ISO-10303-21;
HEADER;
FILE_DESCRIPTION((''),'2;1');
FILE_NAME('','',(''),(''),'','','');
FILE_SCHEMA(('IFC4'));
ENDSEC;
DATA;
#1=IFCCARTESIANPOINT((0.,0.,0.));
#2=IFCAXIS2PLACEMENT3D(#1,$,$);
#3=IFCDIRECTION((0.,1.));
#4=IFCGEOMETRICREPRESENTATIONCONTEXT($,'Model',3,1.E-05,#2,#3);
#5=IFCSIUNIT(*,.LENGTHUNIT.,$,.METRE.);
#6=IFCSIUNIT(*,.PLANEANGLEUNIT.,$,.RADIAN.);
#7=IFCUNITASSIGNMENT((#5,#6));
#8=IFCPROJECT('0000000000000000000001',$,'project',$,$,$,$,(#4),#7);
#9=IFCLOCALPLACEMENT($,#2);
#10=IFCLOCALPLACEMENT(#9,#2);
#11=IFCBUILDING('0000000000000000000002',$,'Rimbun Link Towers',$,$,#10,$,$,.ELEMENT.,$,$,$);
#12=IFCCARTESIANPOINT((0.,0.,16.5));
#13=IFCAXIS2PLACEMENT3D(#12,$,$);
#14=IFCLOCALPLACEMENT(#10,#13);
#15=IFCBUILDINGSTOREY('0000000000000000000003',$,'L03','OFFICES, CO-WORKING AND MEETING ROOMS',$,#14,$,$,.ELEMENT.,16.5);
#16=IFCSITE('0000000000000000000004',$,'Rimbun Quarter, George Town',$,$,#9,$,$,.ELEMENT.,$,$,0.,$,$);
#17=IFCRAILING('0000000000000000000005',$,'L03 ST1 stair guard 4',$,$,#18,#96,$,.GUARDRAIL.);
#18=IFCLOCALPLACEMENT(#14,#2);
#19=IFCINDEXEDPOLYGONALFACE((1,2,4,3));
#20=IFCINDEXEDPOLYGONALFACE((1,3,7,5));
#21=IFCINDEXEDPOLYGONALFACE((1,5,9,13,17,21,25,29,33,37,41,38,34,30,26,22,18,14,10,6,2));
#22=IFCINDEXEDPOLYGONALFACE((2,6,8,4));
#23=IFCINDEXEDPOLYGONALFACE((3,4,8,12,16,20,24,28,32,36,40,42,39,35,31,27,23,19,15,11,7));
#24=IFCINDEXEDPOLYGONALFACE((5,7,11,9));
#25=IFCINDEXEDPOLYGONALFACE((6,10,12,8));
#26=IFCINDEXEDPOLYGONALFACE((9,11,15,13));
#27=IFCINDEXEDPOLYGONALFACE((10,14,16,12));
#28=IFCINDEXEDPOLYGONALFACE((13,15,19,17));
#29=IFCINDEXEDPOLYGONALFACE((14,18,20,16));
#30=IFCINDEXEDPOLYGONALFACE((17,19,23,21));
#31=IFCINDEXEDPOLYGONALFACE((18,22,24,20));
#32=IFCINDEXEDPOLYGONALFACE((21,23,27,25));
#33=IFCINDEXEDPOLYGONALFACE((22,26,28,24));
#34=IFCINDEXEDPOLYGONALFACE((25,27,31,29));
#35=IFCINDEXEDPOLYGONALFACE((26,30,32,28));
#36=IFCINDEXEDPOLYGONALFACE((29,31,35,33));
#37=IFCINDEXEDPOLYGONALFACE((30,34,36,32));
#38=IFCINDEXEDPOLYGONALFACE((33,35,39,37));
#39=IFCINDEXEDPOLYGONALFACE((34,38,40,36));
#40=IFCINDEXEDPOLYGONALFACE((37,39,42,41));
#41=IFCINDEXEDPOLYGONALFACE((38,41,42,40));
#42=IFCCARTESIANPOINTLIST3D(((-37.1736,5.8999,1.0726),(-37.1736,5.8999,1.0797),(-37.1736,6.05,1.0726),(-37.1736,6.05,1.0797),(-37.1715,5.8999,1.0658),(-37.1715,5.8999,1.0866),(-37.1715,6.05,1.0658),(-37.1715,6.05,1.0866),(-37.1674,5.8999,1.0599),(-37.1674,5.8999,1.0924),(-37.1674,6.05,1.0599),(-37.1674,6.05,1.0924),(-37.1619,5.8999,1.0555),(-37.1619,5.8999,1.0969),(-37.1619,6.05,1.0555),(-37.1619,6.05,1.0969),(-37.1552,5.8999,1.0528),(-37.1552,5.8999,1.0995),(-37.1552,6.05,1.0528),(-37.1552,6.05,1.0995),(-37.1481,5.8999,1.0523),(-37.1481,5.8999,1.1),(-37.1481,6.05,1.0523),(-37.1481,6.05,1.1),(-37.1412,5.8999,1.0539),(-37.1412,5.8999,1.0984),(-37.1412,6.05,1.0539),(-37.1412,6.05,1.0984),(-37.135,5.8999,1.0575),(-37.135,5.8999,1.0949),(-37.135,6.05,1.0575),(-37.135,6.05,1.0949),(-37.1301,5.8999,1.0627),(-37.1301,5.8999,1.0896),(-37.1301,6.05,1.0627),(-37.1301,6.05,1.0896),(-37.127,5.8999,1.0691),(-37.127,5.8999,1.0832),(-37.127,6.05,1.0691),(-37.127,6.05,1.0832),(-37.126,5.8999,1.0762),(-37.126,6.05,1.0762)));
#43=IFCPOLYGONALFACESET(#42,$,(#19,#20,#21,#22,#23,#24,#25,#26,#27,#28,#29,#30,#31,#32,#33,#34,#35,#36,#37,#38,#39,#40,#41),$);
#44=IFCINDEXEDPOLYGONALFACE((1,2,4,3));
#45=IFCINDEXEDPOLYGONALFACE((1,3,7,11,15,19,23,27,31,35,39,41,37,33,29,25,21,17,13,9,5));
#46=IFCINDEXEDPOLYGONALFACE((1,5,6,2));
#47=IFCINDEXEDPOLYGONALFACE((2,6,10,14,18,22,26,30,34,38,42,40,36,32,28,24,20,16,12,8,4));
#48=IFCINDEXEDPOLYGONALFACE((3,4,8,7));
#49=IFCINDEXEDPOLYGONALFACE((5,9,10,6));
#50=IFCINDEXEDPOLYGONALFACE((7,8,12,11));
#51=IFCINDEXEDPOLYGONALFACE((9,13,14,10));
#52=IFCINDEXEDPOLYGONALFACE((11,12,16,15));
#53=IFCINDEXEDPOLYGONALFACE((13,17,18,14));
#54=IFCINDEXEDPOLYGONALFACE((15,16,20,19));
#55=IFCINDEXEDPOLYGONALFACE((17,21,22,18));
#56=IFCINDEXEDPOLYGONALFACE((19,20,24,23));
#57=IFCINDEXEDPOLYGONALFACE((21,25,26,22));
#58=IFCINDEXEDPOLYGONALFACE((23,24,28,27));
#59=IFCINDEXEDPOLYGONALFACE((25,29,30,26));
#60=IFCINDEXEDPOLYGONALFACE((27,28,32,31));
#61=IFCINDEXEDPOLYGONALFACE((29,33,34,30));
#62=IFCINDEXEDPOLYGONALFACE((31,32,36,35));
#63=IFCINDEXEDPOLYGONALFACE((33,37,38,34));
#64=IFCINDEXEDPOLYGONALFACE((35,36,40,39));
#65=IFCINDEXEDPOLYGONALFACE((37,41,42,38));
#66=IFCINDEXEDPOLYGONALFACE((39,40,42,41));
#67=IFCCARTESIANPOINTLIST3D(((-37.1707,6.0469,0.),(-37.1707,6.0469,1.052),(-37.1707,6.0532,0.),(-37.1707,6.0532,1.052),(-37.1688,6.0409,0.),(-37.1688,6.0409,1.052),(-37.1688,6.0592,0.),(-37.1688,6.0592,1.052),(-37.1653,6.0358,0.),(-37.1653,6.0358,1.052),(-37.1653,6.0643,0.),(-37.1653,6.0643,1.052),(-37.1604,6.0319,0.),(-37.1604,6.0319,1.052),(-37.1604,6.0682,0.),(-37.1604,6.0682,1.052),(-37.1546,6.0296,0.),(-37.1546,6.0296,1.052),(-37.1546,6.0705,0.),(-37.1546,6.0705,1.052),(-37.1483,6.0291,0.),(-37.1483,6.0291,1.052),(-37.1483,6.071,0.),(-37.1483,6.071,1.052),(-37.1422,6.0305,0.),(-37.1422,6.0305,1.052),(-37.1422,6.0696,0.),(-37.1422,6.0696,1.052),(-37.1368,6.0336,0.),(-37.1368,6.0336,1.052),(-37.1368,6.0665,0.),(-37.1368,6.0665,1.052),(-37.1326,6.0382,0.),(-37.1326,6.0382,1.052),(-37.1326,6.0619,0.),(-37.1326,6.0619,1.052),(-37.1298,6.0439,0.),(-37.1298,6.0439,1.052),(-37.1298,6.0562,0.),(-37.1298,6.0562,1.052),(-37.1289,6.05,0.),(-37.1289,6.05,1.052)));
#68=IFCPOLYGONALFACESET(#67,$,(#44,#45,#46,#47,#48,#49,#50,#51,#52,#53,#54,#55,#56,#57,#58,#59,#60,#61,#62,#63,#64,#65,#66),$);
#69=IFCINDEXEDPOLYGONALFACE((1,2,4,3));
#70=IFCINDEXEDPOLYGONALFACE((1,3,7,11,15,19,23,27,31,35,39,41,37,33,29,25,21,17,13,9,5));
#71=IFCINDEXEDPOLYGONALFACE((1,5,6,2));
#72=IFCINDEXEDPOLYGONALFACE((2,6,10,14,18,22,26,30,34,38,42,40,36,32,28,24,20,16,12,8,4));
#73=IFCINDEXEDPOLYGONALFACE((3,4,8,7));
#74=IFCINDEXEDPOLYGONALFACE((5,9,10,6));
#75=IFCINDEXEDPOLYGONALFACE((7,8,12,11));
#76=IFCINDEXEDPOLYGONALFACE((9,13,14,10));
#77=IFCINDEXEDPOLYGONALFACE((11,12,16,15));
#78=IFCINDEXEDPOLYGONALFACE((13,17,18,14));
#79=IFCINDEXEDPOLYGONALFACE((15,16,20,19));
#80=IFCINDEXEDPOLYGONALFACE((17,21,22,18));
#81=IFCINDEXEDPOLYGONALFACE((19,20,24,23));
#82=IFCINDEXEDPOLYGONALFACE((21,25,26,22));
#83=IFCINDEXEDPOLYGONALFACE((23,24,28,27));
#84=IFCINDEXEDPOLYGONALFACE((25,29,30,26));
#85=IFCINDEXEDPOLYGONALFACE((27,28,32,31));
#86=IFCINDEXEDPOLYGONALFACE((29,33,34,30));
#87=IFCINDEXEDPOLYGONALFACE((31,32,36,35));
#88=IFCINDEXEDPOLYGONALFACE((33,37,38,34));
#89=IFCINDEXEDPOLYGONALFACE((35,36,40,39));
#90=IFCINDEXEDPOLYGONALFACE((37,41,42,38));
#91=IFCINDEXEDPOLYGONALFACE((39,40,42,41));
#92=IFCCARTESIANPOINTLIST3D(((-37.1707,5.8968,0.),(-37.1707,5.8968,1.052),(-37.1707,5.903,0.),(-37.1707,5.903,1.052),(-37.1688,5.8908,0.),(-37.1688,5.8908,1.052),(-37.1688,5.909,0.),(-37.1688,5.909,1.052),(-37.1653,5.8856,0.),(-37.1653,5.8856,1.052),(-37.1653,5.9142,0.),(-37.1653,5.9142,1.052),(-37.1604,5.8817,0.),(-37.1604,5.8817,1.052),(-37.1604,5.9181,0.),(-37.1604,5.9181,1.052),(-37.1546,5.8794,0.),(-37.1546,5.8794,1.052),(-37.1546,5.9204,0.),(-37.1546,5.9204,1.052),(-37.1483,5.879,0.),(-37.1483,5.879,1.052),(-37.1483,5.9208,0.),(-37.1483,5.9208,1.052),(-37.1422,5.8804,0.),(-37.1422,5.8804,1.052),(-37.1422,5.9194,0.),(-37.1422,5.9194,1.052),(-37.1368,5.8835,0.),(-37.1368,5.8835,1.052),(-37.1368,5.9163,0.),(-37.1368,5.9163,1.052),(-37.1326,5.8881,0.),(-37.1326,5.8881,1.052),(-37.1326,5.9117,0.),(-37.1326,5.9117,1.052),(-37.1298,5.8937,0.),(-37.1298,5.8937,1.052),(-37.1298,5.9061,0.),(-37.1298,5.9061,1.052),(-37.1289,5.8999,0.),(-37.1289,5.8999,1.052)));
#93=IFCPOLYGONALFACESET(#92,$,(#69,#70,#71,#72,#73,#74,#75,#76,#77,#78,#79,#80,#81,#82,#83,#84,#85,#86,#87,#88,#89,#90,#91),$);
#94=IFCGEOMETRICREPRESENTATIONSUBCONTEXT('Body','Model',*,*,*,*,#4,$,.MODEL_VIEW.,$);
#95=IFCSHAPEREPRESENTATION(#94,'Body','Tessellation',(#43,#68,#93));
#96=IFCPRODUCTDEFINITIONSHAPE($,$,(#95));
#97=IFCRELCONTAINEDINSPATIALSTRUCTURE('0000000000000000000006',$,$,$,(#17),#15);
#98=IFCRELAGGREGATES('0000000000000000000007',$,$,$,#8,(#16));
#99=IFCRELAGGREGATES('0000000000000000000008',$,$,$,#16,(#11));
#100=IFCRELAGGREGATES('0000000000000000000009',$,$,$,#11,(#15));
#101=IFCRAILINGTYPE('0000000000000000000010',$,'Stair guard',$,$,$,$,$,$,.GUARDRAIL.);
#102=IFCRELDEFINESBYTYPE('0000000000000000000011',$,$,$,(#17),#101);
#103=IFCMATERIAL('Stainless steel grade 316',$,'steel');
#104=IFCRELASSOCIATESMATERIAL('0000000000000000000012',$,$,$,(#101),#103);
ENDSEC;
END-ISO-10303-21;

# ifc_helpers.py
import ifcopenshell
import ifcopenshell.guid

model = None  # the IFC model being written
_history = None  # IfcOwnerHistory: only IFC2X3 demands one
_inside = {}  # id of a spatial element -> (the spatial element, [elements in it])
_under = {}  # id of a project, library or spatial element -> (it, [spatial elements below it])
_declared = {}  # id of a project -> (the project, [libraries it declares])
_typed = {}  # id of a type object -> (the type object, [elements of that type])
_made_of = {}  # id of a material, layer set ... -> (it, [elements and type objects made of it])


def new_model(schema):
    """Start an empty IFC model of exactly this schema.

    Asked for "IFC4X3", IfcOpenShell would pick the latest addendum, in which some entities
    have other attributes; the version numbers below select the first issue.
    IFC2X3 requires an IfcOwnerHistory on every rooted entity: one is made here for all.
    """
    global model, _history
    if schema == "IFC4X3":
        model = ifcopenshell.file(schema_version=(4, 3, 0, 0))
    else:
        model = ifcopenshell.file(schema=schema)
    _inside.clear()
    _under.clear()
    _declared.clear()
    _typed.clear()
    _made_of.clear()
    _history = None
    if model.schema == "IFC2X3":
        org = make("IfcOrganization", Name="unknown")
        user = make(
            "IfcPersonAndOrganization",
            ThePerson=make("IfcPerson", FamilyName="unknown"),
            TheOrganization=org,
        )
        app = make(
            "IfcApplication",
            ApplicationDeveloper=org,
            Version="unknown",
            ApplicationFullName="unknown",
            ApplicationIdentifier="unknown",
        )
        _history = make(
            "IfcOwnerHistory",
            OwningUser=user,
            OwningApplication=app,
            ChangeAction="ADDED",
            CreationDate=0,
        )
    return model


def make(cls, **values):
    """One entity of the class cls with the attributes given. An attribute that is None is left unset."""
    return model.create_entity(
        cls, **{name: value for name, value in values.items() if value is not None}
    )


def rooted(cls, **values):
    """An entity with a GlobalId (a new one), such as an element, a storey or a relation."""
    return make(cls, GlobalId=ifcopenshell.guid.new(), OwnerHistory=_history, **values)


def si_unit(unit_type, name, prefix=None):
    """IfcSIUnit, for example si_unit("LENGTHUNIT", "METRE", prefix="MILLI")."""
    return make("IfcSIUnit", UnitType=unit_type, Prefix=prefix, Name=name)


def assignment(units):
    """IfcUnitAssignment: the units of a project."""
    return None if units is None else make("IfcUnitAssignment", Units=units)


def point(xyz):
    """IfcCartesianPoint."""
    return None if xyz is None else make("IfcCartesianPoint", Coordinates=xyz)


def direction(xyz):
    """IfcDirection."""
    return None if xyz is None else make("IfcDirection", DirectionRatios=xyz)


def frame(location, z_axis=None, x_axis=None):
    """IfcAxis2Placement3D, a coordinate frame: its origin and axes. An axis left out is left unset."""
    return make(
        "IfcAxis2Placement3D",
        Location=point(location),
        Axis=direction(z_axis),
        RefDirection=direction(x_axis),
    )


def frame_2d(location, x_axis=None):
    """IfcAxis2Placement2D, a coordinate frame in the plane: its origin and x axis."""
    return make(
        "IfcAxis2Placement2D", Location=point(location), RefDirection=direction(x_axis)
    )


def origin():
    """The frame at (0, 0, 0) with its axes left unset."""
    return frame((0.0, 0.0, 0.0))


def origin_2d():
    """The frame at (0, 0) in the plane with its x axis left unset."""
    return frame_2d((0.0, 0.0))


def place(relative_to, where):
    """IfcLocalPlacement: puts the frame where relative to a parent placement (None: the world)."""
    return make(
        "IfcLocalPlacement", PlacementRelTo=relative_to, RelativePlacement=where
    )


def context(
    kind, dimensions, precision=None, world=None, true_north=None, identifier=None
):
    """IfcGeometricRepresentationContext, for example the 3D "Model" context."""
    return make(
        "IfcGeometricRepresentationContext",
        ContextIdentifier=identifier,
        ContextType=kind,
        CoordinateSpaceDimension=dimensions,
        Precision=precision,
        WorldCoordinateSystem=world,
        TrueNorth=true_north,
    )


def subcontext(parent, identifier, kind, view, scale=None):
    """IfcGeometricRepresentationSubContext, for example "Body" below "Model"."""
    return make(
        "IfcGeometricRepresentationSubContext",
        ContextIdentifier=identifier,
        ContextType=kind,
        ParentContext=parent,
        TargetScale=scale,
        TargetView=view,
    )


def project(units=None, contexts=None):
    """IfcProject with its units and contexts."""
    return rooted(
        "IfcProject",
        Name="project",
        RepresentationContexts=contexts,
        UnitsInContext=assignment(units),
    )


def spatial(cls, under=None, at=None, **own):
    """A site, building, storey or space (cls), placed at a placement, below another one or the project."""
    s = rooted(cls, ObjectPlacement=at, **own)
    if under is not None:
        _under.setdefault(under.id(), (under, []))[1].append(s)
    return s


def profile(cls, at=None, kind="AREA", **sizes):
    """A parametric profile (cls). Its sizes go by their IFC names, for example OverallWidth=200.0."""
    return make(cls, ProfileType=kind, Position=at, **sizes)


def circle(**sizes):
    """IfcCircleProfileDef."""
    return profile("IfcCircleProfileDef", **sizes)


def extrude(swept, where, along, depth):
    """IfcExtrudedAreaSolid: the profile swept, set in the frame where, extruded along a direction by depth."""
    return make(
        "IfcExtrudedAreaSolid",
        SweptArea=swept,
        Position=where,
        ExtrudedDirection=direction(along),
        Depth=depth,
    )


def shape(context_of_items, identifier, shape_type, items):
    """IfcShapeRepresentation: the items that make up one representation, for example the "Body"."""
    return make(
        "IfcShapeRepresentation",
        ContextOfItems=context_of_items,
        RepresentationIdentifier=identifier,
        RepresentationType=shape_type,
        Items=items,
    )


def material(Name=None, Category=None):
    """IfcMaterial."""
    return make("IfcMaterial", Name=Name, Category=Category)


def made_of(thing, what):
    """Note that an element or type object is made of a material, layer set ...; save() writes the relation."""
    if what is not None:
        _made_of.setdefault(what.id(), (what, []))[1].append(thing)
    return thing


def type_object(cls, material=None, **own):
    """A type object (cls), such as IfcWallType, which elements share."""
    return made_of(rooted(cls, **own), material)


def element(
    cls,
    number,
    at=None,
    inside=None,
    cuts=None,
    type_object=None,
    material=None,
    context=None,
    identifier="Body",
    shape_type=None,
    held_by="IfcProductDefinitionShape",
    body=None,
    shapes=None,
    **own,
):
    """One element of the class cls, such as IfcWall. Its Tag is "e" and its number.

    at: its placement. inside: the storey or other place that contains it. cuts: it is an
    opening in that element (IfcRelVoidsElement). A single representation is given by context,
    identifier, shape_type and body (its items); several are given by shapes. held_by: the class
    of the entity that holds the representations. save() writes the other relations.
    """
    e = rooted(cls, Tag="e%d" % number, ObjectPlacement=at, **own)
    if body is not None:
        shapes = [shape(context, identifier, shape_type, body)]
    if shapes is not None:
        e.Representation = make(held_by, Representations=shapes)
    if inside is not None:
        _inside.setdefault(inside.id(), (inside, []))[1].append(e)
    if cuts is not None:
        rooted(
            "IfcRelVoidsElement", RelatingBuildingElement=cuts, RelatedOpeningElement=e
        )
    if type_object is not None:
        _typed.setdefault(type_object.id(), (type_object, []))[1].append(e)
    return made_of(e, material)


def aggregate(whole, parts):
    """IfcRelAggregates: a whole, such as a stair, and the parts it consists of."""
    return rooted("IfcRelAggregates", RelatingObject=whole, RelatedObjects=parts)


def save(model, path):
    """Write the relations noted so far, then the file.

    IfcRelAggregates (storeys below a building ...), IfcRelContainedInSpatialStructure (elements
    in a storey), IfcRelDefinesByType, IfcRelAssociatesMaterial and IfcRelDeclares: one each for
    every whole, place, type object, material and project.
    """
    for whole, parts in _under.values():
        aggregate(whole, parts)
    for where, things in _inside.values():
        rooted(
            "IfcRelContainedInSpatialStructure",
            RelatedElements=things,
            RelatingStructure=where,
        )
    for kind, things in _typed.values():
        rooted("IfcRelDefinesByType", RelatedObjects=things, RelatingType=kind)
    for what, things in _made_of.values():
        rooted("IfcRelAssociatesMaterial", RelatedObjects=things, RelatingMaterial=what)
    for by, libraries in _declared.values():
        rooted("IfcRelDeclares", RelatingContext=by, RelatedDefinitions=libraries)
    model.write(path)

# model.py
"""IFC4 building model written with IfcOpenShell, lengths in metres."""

from ifc_helpers import new_model, si_unit, direction, frame, origin, origin_2d, place, context, subcontext, project, spatial, circle, extrude, material, type_object, element, save


model = new_model("IFC4")

# Units and contexts
model_context = context("Model", 3, precision=1e-05, world=origin(), true_north=direction((0.0, 1.0)))
body_context = subcontext(model_context, "Body", "Model", "MODEL_VIEW")
ifc_project = project(units=[si_unit("LENGTHUNIT", "METRE"), si_unit("PLANEANGLEUNIT", "RADIAN")], contexts=[model_context])

# Site, building, storey
site_placement = place(None, origin())
site = spatial("IfcSite", under=ifc_project, at=site_placement, Name="Rimbun Quarter, George Town", CompositionType="ELEMENT", RefElevation=0.0)
building_placement = place(site_placement, origin())
building = spatial("IfcBuilding", under=site, at=building_placement, Name="Rimbun Link Towers", CompositionType="ELEMENT")
storey_placement = place(building_placement, frame((0.0, 0.0, 16.5)))
storey = spatial("IfcBuildingStorey", under=building, at=storey_placement, Name="L03", Description="OFFICES, CO-WORKING AND MEETING ROOMS", CompositionType="ELEMENT", Elevation=16.5)

# Railing
ifc_material_1 = material(Name="Stainless steel grade 316", Category="steel")
railing_type_1 = type_object("IfcRailingType", Name="Stair guard", PredefinedType="GUARDRAIL", material=ifc_material_1)
railing_1_placement = place(storey_placement, frame((-37.1499, 6.05, 0.0)))
element("IfcRailing", 1, at=railing_1_placement, inside=storey, type_object=railing_type_1, Name="L03 ST1 stair guard 4", PredefinedType="GUARDRAIL", context=body_context, shape_type="SweptSolid", body=[
    extrude(circle(Radius=0.0239, at=origin_2d()), frame((0.0, 0.0, 1.0762), z_axis=(0.0, -1.0, 0.0), x_axis=(1.0, 0.0, 0.0)), (0.0, 0.0, 1.0), 0.1501),
    extrude(circle(Radius=0.021, at=origin_2d()), origin(), (0.0, 0.0, 1.0), 1.052),
    extrude(circle(Radius=0.021, at=origin_2d()), frame((0.0, -0.1501, 0.0)), (0.0, 0.0, 1.0), 1.052),
])

save(model, "model.ifc")
